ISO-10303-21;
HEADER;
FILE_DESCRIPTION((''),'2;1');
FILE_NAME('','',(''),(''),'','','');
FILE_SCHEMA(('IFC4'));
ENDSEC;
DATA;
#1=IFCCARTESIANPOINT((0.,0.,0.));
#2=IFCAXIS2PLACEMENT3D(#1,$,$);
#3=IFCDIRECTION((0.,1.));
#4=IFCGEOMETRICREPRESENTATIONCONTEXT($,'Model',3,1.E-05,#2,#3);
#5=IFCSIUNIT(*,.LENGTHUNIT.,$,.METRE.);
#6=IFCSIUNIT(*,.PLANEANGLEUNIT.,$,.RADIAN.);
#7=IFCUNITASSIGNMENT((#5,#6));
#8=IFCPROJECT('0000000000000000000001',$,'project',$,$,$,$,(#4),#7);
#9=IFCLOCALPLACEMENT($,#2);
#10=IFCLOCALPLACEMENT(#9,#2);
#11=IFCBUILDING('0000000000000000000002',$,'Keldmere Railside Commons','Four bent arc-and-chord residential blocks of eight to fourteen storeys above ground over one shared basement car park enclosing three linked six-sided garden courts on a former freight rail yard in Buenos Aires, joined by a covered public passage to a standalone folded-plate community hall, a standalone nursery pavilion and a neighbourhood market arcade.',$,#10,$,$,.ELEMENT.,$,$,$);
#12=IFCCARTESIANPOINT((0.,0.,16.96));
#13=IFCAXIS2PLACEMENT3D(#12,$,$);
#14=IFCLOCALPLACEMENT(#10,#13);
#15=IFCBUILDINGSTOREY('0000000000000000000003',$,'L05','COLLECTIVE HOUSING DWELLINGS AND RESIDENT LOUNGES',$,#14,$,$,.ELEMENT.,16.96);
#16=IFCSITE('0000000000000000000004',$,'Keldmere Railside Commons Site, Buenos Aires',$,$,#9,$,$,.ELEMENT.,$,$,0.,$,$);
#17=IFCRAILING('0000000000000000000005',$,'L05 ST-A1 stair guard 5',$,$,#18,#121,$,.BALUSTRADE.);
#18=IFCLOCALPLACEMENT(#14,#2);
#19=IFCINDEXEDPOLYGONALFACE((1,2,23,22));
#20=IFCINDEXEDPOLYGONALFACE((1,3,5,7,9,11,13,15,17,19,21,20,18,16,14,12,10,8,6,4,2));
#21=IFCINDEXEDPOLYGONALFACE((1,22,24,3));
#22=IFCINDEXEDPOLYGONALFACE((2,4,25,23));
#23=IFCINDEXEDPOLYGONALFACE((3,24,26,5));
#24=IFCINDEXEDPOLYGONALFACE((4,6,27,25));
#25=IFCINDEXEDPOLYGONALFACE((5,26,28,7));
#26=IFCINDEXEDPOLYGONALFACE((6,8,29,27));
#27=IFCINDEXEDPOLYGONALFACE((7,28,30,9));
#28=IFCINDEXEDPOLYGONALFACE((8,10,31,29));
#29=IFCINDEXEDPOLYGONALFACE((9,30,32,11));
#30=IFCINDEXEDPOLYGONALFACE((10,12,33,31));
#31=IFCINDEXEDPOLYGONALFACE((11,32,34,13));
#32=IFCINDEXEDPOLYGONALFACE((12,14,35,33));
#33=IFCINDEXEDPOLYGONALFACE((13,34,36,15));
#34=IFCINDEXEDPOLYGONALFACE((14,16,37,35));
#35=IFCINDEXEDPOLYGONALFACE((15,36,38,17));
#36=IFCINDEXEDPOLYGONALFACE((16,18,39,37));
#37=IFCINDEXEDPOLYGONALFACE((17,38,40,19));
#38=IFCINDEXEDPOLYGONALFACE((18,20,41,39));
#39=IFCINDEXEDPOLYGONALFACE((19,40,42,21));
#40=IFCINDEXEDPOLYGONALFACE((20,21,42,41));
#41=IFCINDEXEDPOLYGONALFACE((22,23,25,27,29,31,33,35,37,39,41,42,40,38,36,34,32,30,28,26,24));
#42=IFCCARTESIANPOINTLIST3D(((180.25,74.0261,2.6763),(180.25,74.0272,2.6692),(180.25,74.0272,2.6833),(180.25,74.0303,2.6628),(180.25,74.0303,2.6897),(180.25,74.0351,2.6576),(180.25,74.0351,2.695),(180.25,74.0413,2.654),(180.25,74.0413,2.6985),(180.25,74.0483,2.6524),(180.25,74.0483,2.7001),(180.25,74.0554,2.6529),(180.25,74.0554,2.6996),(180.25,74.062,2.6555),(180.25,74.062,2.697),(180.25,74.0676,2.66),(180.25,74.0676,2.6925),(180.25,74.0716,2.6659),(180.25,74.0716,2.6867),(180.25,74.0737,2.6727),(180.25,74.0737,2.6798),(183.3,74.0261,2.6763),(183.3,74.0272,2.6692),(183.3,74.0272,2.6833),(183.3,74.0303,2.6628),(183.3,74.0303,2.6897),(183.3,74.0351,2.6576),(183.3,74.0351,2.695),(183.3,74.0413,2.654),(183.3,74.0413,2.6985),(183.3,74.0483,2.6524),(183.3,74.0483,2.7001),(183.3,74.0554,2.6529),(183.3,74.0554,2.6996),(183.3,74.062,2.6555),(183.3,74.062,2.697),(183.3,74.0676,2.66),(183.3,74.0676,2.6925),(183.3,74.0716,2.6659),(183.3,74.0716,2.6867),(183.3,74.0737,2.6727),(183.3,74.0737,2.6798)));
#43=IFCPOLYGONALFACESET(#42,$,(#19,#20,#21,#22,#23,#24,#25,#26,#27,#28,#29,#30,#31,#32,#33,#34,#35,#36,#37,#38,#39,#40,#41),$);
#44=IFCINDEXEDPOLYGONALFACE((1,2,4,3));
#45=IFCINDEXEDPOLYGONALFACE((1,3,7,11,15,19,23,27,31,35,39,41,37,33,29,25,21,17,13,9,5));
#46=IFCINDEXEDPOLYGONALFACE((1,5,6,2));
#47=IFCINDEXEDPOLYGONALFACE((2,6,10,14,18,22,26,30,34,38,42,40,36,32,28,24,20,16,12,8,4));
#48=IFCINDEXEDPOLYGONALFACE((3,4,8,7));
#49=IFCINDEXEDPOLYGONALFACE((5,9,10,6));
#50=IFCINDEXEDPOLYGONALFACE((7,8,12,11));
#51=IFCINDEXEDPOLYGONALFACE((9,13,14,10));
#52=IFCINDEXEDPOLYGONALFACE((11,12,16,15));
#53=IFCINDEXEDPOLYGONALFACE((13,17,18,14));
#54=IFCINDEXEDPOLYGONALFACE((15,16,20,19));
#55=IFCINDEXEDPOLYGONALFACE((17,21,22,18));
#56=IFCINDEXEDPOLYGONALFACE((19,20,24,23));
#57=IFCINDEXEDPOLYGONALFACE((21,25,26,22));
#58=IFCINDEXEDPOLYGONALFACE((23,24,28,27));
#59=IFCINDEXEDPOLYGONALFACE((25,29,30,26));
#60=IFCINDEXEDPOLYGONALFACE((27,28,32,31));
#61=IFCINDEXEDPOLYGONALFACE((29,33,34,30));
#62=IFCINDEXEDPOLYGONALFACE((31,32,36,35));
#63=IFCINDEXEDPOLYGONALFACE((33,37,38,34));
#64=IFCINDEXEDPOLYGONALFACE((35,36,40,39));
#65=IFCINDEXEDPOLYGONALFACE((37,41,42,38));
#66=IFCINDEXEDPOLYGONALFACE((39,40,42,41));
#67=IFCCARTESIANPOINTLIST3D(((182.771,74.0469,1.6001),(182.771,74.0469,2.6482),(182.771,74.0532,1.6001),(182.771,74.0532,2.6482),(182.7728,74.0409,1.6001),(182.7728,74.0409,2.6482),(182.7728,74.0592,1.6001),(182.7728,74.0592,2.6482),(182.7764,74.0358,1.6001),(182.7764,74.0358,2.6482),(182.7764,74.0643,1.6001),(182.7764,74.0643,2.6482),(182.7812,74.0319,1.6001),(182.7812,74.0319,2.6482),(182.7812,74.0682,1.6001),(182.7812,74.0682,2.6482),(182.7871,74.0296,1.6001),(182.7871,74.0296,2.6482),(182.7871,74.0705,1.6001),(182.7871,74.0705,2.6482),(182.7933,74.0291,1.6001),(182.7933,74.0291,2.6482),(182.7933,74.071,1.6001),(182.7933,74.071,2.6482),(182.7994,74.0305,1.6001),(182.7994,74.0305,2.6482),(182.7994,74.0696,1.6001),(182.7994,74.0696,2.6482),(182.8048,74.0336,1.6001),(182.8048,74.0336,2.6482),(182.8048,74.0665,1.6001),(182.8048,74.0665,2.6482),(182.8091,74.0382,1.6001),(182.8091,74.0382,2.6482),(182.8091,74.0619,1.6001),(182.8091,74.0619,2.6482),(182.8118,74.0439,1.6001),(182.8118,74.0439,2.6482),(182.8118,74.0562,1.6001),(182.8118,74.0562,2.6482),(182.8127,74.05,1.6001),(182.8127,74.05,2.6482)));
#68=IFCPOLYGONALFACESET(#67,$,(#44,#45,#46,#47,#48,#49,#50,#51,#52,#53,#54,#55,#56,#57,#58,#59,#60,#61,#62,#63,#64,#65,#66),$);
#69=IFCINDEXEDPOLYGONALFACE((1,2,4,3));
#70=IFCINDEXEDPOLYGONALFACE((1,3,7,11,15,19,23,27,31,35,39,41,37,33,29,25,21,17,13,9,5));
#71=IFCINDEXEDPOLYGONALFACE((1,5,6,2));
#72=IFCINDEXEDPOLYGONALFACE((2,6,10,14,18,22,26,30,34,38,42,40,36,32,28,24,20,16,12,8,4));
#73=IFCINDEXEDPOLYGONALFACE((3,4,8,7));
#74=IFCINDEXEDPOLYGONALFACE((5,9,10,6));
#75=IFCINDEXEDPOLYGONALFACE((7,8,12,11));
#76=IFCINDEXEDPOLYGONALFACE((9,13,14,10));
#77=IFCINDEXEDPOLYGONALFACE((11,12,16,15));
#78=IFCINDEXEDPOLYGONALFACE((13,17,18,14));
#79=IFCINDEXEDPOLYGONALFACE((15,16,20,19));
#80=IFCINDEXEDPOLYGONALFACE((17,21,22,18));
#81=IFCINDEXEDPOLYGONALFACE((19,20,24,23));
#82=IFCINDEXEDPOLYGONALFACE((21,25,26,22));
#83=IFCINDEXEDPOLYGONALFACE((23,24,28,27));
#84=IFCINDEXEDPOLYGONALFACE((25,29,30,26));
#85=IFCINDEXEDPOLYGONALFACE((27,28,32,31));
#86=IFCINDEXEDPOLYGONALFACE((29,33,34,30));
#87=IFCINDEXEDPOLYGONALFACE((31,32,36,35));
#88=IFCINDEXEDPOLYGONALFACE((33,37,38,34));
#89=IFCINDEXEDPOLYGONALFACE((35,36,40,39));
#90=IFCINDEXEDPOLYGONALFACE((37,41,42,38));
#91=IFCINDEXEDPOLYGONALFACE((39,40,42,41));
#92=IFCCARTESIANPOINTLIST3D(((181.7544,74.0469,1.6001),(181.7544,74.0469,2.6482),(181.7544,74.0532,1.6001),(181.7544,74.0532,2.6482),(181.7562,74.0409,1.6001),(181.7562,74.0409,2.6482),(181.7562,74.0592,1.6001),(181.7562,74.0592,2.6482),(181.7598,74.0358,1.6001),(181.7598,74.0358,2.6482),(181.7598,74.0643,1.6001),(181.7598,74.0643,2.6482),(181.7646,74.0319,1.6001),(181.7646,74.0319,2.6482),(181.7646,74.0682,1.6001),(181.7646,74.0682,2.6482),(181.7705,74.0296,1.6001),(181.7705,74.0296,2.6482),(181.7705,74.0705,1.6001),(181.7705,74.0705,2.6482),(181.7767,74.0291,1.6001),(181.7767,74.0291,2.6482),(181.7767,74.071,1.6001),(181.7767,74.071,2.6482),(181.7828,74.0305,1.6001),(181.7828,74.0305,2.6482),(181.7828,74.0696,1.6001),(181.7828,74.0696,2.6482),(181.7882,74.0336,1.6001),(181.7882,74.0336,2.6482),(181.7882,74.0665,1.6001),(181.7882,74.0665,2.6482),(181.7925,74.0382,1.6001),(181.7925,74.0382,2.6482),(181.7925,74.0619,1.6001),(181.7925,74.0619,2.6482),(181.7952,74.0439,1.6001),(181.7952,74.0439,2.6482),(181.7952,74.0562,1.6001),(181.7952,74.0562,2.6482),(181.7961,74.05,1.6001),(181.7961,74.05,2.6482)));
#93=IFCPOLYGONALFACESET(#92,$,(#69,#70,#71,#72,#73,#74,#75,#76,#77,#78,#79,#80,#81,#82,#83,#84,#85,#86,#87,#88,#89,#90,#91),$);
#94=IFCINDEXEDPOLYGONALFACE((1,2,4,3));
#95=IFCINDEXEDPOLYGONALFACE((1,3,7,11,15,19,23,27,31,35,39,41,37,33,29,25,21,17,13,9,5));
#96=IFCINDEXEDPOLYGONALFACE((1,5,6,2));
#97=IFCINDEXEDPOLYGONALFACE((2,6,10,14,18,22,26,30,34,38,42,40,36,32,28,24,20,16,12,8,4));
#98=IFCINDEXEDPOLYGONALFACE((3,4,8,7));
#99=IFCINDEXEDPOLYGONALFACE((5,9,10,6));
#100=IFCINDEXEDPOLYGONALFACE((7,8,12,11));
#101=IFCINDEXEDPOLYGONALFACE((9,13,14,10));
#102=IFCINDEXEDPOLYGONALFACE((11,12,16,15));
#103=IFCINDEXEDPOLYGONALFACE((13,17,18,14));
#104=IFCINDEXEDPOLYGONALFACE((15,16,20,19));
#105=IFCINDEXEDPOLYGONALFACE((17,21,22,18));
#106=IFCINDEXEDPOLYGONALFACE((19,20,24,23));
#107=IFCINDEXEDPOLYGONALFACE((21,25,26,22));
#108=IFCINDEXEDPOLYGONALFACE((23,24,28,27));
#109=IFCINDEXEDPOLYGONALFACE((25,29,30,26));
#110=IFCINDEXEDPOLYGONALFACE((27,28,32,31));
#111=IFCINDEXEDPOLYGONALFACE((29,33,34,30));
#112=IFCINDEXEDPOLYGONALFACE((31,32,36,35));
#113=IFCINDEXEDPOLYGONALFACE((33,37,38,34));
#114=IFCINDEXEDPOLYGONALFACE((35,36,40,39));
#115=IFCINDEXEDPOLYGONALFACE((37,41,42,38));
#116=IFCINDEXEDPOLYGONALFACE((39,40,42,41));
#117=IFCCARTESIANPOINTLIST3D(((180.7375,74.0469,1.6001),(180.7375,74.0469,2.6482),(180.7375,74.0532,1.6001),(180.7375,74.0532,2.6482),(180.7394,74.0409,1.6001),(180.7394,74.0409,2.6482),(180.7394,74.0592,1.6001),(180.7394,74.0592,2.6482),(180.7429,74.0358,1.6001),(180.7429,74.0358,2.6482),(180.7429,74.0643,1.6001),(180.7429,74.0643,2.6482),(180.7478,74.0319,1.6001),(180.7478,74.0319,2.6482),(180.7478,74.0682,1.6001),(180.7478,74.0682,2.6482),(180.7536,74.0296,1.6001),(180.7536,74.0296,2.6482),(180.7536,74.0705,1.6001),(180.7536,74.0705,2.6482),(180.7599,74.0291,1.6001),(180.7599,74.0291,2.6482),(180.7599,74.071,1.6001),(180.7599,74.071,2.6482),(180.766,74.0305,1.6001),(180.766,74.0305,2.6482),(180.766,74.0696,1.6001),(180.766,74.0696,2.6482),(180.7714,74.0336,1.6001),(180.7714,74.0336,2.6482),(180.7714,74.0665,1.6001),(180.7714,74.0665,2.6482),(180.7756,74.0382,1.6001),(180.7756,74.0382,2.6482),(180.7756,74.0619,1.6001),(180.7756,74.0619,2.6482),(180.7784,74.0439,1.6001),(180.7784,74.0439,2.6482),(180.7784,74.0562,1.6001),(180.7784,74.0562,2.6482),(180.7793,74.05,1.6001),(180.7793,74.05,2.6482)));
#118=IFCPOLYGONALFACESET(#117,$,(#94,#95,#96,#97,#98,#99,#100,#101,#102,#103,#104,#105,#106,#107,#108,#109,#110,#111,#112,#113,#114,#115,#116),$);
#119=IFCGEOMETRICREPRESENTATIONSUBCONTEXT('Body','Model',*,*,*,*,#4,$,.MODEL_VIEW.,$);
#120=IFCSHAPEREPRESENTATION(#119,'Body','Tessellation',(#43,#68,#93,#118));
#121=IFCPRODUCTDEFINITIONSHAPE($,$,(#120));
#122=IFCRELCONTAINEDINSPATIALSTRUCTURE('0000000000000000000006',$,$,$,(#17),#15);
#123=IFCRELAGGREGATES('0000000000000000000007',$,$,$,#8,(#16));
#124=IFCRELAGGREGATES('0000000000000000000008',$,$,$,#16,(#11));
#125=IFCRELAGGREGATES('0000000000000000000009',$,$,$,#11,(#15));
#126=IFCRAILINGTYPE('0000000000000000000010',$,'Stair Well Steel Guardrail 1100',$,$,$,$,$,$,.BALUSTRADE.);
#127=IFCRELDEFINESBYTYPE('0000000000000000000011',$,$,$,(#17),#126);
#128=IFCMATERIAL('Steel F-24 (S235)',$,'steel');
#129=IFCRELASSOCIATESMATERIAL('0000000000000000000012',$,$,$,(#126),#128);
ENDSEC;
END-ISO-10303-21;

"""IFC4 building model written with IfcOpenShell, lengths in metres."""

from ifc_helpers import new_model, si_unit, direction, frame, origin, origin_2d, place, context, subcontext, project, spatial, circle, extrude, material, type_object, element, save


model = new_model("IFC4")

# Units and contexts
model_context = context("Model", 3, precision=1e-05, world=origin(), true_north=direction((0.0, 1.0)))
body_context = subcontext(model_context, "Body", "Model", "MODEL_VIEW")
ifc_project = project(units=[si_unit("LENGTHUNIT", "METRE"), si_unit("PLANEANGLEUNIT", "RADIAN")], contexts=[model_context])

# Site, building, storey
site_placement = place(None, origin())
site = spatial("IfcSite", under=ifc_project, at=site_placement, Name="Keldmere Railside Commons Site, Buenos Aires", CompositionType="ELEMENT", RefElevation=0.0)
building_placement = place(site_placement, origin())
building = spatial("IfcBuilding", under=site, at=building_placement, Name="Keldmere Railside Commons", Description="Four bent arc-and-chord residential blocks of eight to fourteen storeys above ground over one shared basement car park enclosing three linked six-sided garden courts on a former freight rail yard in Buenos Aires, joined by a covered public passage to a standalone folded-plate community hall, a standalone nursery pavilion and a neighbourhood market arcade.", CompositionType="ELEMENT")
storey_placement = place(building_placement, frame((0.0, 0.0, 16.96)))
storey = spatial("IfcBuildingStorey", under=building, at=storey_placement, Name="L05", Description="COLLECTIVE HOUSING DWELLINGS AND RESIDENT LOUNGES", CompositionType="ELEMENT", Elevation=16.96)

# Shared definitions
ifc_material_1 = material(Name="Steel F-24 (S235)", Category="steel")

# Railing
railing_type_1 = type_object("IfcRailingType", Name="Stair Well Steel Guardrail 1100", PredefinedType="BALUSTRADE", material=ifc_material_1)
railing_1_placement = place(storey_placement, frame((183.3, 74.05, 1.6001)))
element("IfcRailing", 1, at=railing_1_placement, inside=storey, type_object=railing_type_1, Name="L05 ST-A1 stair guard 5", PredefinedType="BALUSTRADE", context=body_context, shape_type="SweptSolid", body=[
    extrude(circle(Radius=0.0239, at=origin_2d()), frame((0.0, 0.0, 1.0762), z_axis=(-1.0, 0.0, 0.0), x_axis=(0.0, -1.0, 0.0)), (0.0, 0.0, 1.0), 3.05),
    extrude(circle(Radius=0.021, at=origin_2d()), frame((-0.5083, 0.0, 0.0)), (0.0, 0.0, 1.0), 1.0481),
    extrude(circle(Radius=0.021, at=origin_2d()), frame((-1.5249, 0.0, 0.0)), (0.0, 0.0, 1.0), 1.0481),
    extrude(circle(Radius=0.021, at=origin_2d()), frame((-2.5417, 0.0, 0.0)), (0.0, 0.0, 1.0), 1.0481),
])

save(model, "model.ifc")
